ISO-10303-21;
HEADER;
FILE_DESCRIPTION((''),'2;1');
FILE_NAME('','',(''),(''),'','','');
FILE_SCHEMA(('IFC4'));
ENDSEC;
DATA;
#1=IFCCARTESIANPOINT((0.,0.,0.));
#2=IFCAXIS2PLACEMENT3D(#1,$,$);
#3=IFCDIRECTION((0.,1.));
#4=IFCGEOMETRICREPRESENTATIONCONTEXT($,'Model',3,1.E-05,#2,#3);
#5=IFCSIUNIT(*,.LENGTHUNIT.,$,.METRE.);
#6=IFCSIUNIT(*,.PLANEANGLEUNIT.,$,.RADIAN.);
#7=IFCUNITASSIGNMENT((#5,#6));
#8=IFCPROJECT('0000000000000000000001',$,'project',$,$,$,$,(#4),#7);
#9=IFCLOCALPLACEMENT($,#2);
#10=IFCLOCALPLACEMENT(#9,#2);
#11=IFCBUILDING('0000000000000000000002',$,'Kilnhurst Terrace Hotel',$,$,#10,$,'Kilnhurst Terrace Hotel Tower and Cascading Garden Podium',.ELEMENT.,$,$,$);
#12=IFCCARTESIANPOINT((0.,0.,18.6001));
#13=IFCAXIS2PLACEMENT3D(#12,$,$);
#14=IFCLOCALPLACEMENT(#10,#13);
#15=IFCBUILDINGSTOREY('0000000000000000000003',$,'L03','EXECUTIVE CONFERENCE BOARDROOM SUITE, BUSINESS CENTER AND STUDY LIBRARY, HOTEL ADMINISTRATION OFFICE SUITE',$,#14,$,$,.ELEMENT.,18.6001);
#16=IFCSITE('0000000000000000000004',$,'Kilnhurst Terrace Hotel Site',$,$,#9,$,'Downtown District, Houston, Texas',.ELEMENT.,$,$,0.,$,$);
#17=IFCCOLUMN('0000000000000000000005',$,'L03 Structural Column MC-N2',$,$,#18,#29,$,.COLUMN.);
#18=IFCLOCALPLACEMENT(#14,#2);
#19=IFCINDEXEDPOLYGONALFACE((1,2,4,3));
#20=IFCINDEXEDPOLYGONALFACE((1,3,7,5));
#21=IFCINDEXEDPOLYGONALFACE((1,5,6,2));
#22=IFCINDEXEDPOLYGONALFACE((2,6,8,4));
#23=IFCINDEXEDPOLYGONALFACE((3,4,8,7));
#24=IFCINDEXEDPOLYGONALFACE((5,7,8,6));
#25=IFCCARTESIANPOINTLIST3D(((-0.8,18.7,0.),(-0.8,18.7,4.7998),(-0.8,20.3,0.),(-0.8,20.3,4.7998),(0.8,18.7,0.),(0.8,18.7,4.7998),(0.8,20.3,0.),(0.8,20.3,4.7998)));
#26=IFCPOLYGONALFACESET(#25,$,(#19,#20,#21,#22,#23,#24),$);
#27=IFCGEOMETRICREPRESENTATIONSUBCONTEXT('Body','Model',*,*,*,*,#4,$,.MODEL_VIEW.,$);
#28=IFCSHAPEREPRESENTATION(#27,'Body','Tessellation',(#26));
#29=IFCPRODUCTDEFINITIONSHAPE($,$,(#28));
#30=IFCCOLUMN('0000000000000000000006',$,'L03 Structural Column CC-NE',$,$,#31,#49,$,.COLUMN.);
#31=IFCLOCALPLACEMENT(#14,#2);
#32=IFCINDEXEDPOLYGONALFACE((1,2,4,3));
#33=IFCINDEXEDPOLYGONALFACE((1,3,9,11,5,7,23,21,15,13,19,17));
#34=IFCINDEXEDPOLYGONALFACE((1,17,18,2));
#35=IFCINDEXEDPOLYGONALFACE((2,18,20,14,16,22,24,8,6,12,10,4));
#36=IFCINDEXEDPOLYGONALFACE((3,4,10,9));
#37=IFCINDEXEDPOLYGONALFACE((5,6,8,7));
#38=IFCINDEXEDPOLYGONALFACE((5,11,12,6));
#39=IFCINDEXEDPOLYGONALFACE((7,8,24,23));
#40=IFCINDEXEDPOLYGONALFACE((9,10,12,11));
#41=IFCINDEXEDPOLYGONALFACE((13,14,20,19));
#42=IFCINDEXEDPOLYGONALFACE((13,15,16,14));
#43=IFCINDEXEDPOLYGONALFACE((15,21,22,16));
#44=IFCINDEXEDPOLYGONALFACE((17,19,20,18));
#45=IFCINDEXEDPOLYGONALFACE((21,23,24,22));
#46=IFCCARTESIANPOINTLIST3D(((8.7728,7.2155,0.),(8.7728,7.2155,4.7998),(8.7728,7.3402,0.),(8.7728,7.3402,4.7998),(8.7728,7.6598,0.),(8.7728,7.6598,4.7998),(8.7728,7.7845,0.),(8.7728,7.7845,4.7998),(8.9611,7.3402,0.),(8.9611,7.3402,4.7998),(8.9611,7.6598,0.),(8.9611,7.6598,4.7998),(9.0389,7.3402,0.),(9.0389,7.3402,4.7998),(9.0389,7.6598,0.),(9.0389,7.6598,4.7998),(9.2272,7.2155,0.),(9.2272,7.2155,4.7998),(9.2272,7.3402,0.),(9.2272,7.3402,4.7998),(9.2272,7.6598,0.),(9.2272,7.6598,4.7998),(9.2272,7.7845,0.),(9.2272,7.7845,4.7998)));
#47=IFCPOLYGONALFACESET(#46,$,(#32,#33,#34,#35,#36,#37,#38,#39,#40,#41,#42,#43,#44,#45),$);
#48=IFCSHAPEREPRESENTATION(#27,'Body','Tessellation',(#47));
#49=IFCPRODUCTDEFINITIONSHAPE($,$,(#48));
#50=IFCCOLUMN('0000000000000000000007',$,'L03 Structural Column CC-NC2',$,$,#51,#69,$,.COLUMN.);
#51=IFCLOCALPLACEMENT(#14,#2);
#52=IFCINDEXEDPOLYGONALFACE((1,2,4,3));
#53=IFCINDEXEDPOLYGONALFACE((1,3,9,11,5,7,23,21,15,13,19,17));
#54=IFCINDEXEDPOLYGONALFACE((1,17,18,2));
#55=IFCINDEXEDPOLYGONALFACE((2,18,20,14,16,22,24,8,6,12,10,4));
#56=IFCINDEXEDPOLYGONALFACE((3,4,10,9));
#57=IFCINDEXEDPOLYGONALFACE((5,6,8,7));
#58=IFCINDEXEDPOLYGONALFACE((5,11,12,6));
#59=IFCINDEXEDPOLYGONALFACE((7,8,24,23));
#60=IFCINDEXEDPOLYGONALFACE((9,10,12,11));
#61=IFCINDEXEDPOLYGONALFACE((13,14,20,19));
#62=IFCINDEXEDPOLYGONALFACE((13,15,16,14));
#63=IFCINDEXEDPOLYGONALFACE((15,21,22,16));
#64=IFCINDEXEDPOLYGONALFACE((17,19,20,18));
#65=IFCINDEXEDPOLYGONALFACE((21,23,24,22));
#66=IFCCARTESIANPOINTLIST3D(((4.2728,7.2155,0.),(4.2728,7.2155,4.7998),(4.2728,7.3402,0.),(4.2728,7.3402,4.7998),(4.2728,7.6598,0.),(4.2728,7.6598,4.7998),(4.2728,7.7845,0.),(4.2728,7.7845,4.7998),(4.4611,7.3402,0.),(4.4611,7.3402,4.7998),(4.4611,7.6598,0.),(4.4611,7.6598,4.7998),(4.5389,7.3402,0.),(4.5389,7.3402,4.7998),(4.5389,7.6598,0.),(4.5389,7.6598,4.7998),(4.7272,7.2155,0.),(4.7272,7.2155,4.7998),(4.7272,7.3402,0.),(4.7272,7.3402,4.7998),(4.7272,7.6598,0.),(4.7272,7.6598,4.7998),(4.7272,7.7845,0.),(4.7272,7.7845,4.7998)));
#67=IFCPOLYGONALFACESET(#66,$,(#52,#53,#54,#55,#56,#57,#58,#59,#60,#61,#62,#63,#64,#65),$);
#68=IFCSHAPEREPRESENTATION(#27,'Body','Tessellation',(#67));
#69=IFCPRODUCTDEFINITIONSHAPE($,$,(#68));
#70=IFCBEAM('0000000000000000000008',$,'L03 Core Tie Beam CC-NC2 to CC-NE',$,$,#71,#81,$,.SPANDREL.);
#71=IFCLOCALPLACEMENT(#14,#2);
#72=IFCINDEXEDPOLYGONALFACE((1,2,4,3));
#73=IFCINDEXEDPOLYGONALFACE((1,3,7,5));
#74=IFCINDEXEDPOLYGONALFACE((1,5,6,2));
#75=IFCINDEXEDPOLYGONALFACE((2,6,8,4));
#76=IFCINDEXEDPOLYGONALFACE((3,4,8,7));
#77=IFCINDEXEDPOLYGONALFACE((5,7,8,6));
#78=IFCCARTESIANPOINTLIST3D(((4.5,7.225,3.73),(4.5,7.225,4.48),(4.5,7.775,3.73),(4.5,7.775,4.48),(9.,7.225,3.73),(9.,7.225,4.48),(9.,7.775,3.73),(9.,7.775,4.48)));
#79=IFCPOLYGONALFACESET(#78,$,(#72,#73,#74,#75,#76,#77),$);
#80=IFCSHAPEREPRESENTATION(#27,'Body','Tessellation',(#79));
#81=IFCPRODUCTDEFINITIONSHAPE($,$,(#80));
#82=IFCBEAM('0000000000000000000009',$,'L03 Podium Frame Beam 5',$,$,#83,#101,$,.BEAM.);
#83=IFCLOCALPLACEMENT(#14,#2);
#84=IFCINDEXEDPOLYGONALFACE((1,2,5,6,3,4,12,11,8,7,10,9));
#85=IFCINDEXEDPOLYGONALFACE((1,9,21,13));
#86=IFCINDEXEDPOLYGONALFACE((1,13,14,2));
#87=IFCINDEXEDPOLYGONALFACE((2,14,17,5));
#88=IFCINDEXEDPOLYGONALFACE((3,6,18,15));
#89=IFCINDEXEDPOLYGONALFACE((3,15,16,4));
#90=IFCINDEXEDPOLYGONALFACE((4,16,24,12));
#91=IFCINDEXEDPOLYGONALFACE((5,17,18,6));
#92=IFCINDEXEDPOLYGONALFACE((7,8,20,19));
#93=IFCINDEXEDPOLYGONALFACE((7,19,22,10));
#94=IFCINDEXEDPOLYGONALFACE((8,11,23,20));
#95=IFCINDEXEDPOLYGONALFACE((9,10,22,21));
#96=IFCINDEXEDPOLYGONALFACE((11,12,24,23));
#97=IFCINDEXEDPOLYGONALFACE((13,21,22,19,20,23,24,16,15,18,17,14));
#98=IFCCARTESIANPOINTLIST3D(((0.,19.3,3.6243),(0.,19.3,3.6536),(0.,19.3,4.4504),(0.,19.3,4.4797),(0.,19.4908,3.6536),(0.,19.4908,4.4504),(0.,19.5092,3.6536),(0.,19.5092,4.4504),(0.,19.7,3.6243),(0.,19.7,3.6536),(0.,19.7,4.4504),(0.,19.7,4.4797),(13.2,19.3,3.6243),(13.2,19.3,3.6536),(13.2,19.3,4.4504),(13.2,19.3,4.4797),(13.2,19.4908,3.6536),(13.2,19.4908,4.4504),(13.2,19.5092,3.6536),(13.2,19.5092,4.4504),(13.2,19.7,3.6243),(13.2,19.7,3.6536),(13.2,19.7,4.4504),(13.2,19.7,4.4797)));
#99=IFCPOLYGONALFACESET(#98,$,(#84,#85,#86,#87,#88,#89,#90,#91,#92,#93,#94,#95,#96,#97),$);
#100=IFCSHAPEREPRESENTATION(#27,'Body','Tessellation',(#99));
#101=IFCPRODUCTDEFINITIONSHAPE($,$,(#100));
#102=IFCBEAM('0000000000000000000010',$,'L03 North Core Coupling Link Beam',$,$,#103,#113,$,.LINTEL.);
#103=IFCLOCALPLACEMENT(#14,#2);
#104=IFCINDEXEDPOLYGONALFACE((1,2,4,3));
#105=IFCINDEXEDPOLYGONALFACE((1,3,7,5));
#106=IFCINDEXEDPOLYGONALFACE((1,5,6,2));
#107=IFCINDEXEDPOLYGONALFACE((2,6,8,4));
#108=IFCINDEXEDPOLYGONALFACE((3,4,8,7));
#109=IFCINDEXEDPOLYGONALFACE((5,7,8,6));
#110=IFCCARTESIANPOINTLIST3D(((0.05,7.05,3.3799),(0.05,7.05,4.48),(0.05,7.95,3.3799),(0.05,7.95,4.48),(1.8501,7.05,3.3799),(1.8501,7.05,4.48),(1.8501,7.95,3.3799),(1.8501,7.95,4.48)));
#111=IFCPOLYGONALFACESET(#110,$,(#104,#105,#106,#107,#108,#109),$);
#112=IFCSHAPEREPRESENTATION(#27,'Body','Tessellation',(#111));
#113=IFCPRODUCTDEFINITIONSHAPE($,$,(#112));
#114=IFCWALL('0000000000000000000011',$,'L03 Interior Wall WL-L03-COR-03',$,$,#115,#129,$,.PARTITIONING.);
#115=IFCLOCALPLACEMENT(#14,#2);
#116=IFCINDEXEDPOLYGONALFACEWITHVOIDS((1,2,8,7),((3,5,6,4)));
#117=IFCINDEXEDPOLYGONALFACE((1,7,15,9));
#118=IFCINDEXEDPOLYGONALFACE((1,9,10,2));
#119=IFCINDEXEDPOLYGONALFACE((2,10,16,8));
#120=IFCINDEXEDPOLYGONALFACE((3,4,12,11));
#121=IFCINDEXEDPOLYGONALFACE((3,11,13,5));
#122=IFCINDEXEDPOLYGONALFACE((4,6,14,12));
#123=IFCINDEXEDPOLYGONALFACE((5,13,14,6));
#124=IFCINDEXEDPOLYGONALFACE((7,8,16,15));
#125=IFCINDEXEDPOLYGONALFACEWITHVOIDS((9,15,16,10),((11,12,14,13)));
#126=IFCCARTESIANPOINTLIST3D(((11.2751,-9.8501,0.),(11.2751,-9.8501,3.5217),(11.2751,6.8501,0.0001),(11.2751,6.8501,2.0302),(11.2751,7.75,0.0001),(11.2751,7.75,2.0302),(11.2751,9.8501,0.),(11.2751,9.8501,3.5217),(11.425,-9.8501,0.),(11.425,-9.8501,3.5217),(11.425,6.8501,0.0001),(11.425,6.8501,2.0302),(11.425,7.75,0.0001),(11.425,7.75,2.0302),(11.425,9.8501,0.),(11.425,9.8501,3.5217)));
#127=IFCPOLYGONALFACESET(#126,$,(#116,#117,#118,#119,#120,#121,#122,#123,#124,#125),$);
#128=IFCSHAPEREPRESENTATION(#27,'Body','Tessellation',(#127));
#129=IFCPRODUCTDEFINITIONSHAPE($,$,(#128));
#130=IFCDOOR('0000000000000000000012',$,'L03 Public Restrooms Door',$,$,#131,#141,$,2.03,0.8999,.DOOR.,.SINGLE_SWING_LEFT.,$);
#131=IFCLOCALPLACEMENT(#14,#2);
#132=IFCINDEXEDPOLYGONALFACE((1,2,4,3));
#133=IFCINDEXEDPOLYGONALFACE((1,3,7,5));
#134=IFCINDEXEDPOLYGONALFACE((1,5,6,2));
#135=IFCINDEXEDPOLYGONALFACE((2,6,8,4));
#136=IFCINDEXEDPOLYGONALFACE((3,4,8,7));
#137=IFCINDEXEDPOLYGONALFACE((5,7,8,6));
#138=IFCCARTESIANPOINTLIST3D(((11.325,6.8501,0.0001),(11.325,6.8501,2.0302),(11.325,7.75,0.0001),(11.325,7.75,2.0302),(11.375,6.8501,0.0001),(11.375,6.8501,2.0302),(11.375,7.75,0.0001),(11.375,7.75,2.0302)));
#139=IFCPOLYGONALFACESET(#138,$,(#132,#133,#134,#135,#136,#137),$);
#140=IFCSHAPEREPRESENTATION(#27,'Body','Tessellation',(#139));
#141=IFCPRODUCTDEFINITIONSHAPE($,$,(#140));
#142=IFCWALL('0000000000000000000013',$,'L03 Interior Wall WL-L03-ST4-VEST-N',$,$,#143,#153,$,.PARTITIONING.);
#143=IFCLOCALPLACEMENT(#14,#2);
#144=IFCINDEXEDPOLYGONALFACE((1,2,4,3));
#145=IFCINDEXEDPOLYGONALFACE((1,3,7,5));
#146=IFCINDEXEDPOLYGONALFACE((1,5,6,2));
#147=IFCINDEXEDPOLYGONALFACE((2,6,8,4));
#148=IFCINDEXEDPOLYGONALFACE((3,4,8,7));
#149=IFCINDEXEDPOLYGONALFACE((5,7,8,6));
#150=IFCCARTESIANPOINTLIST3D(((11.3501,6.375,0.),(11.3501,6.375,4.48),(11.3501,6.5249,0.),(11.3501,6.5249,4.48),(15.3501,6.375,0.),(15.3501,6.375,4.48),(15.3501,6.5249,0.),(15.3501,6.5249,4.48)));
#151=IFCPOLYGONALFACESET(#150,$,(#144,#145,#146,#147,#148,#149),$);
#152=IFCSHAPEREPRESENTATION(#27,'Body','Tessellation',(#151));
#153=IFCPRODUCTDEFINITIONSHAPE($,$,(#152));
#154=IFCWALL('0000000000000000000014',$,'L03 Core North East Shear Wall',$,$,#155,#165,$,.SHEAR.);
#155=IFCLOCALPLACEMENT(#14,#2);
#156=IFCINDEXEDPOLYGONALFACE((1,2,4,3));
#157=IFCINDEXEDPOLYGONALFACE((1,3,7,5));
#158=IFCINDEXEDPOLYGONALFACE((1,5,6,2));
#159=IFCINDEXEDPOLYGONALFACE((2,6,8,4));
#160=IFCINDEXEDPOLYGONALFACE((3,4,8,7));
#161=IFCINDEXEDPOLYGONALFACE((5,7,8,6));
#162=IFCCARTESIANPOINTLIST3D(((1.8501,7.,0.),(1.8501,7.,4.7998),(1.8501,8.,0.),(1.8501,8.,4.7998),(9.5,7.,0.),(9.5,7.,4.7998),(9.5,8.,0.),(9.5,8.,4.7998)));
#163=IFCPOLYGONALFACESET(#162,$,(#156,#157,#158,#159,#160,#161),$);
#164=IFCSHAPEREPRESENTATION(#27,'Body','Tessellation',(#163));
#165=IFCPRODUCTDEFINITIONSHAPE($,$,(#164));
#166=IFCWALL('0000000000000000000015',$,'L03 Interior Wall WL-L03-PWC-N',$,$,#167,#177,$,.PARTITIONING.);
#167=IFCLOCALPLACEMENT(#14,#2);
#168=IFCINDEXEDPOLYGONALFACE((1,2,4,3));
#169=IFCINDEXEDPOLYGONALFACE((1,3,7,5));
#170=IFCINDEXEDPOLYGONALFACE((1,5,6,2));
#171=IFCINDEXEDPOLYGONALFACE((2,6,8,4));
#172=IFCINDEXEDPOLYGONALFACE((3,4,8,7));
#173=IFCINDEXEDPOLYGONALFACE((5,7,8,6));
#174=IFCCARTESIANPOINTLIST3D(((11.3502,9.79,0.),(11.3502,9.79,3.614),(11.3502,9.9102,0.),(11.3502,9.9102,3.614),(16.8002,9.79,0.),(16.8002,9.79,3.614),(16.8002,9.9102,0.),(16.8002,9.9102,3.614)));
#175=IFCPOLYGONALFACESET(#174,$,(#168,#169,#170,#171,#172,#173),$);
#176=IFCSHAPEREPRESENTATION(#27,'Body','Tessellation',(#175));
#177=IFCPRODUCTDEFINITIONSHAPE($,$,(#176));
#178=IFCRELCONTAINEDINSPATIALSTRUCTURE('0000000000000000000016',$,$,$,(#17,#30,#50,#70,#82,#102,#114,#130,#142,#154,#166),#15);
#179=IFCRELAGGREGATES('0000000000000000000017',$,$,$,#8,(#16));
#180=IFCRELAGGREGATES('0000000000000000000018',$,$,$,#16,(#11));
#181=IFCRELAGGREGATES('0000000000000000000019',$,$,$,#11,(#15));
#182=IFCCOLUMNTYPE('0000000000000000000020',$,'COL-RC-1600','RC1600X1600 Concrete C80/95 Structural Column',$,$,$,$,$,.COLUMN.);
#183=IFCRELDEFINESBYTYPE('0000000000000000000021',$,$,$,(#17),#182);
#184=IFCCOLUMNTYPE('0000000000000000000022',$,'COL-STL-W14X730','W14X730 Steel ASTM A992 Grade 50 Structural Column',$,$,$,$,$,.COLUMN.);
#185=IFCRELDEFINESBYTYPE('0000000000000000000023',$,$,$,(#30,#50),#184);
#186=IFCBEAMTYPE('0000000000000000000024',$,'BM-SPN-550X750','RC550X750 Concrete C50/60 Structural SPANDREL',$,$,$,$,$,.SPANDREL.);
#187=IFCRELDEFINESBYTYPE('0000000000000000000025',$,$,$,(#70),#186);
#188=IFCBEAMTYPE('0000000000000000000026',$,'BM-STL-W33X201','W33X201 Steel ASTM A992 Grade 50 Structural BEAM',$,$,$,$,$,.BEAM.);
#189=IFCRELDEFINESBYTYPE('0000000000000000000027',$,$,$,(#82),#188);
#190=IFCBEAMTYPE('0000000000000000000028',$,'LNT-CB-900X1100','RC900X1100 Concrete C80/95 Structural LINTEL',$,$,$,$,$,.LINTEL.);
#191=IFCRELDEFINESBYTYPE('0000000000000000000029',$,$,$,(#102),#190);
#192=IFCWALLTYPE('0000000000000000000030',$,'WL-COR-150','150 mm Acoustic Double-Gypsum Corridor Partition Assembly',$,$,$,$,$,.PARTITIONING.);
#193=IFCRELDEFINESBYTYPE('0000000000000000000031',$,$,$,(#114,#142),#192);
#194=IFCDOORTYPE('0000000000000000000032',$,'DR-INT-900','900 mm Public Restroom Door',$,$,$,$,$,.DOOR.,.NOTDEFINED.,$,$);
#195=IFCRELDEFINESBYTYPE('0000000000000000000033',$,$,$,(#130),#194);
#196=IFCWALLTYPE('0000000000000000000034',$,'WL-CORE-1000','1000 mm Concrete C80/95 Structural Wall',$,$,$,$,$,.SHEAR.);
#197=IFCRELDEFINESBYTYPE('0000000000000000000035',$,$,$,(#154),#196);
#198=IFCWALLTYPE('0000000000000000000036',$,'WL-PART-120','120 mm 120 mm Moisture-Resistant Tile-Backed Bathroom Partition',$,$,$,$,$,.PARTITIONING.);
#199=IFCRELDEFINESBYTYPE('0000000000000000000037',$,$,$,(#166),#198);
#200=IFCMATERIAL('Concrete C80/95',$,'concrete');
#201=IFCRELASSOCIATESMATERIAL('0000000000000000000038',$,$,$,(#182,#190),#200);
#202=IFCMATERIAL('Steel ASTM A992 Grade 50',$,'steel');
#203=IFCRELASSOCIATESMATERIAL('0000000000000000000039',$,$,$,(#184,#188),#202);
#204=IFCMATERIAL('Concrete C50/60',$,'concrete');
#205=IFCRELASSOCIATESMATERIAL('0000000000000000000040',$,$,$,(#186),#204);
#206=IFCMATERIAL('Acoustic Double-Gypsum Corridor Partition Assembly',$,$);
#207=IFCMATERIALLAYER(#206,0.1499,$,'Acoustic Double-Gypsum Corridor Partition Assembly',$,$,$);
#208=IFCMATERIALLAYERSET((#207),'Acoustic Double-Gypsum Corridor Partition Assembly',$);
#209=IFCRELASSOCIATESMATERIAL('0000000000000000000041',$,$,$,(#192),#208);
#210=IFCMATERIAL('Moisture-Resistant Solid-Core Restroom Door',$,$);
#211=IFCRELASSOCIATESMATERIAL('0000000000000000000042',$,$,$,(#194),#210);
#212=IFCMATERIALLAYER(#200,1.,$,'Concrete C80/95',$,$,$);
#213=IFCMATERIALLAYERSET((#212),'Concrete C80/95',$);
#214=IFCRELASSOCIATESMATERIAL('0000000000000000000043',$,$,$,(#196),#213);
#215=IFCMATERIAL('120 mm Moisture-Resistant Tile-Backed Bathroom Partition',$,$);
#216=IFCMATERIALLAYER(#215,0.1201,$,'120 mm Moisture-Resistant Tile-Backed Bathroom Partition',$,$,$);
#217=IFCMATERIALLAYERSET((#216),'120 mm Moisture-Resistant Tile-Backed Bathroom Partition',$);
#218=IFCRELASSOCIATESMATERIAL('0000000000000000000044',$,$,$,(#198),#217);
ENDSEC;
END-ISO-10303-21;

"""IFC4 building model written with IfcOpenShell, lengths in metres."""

from ifc_helpers import new_model, si_unit, direction, frame, frame_2d, origin, origin_2d, place, context, subcontext, project, spatial, rectangle, i_section, extrude, material, layer, layer_set, material_profile, profile_set, type_object, element, fill, save


model = new_model("IFC4")

# Units and contexts
model_context = context("Model", 3, precision=1e-05, world=origin(), true_north=direction((0.0, 1.0)))
body_context = subcontext(model_context, "Body", "Model", "MODEL_VIEW")
ifc_project = project(units=[si_unit("LENGTHUNIT", "METRE"), si_unit("PLANEANGLEUNIT", "RADIAN")], contexts=[model_context])

# Site, building, storey
site_placement = place(None, origin())
site = spatial("IfcSite", under=ifc_project, at=site_placement, Name="Kilnhurst Terrace Hotel Site", LongName="Downtown District, Houston, Texas", CompositionType="ELEMENT", RefElevation=0.0)
building_placement = place(site_placement, origin())
building = spatial("IfcBuilding", under=site, at=building_placement, Name="Kilnhurst Terrace Hotel", LongName="Kilnhurst Terrace Hotel Tower and Cascading Garden Podium", CompositionType="ELEMENT")
storey_placement = place(building_placement, frame((0.0, 0.0, 18.6001)))
storey = spatial("IfcBuildingStorey", under=building, at=storey_placement, Name="L03", Description="EXECUTIVE CONFERENCE BOARDROOM SUITE, BUSINESS CENTER AND STUDY LIBRARY, HOTEL ADMINISTRATION OFFICE SUITE", CompositionType="ELEMENT", Elevation=18.6001)

# Columns
ifc_material_1 = material(Name="Concrete C80/95", Category="concrete")
ifc_material_profile_1 = material_profile(ifc_material_1, rectangle(XDim=1.6001, YDim=1.6001, at=origin_2d()), Name="RC1600X1600")
ifc_profile_set_1 = profile_set([ifc_material_profile_1], Name="Concrete C80/95")
column_type_1 = type_object("IfcColumnType", Name="COL-RC-1600", Description="RC1600X1600 Concrete C80/95 Structural Column", PredefinedType="COLUMN", material=ifc_profile_set_1)
column_placement = place(storey_placement, frame((0.0, 19.5, 0.0), z_axis=(0.0, 0.0, 1.0), x_axis=(1.0, 0.0, 0.0)))
element("IfcColumn", 1, at=column_placement, inside=storey, type_object=column_type_1, Name="L03 Structural Column MC-N2", PredefinedType="COLUMN", context=body_context, shape_type="SweptSolid", body=[
    extrude(rectangle(XDim=1.6001, YDim=1.6001, at=origin_2d()), origin(), (0.0, 0.0, 1.0), 4.7998),
])
ifc_material_2 = material(Name="Steel ASTM A992 Grade 50", Category="steel")
ifc_material_profile_2 = material_profile(ifc_material_2, i_section(OverallWidth=0.4543, OverallDepth=0.5691, WebThickness=0.0779, FlangeThickness=0.1248, at=origin_2d()), Name="W14X730")
ifc_profile_set_2 = profile_set([ifc_material_profile_2], Name="Steel ASTM A992 Grade 50")
column_type_2 = type_object("IfcColumnType", Name="COL-STL-W14X730", Description="W14X730 Steel ASTM A992 Grade 50 Structural Column", PredefinedType="COLUMN", material=ifc_profile_set_2)
for number, where, z_axis, x_axis, name in (
    (2, (9.0, 7.5, 0.0), (0.0, 0.0, 1.0), (1.0, 0.0, 0.0), "L03 Structural Column CC-NE"),
    (3, (4.5, 7.5, 0.0), (0.0, 0.0, 1.0), (1.0, 0.0, 0.0), "L03 Structural Column CC-NC2"),
):
    element("IfcColumn", number, at=place(storey_placement, frame(where, z_axis=z_axis, x_axis=x_axis)), inside=storey, type_object=column_type_2, Name=name, PredefinedType="COLUMN", context=body_context, shape_type="SweptSolid", body=[
        extrude(i_section(OverallWidth=0.4543, OverallDepth=0.5691, WebThickness=0.0779, FlangeThickness=0.1248, at=origin_2d()), origin(), (0.0, 0.0, 1.0), 4.7998),
    ])

# Beams
ifc_material_3 = material(Name="Concrete C50/60", Category="concrete")
ifc_material_profile_3 = material_profile(ifc_material_3, rectangle(XDim=0.55, YDim=0.75, at=origin_2d()), Name="RC550X750")
ifc_profile_set_3 = profile_set([ifc_material_profile_3], Name="Concrete C50/60")
beam_type_1 = type_object("IfcBeamType", Name="BM-SPN-550X750", Description="RC550X750 Concrete C50/60 Structural SPANDREL", PredefinedType="SPANDREL", material=ifc_profile_set_3)
beam_1_placement = place(storey_placement, frame((4.5, 7.5, 4.105), z_axis=(1.0, 0.0, 0.0), x_axis=(0.0, 1.0, 0.0)))
element("IfcBeam", 4, at=beam_1_placement, inside=storey, type_object=beam_type_1, Name="L03 Core Tie Beam CC-NC2 to CC-NE", PredefinedType="SPANDREL", context=body_context, shape_type="SweptSolid", body=[
    extrude(rectangle(XDim=0.55, YDim=0.75, at=origin_2d()), origin(), (0.0, 0.0, 1.0), 4.5),
])
ifc_material_profile_4 = material_profile(ifc_material_2, i_section(OverallWidth=0.3999, OverallDepth=0.8555, WebThickness=0.0183, FlangeThickness=0.0293, at=origin_2d()), Name="W33X201")
ifc_profile_set_4 = profile_set([ifc_material_profile_4], Name="Steel ASTM A992 Grade 50")
beam_type_2 = type_object("IfcBeamType", Name="BM-STL-W33X201", Description="W33X201 Steel ASTM A992 Grade 50 Structural BEAM", PredefinedType="BEAM", material=ifc_profile_set_4)
beam_2_placement = place(storey_placement, frame((0.0, 19.5, 4.052), z_axis=(1.0, 0.0, 0.0), x_axis=(0.0, 1.0, 0.0)))
element("IfcBeam", 5, at=beam_2_placement, inside=storey, type_object=beam_type_2, Name="L03 Podium Frame Beam 5", PredefinedType="BEAM", context=body_context, shape_type="SweptSolid", body=[
    extrude(i_section(OverallWidth=0.3999, OverallDepth=0.8555, WebThickness=0.0183, FlangeThickness=0.0293, at=origin_2d()), origin(), (0.0, 0.0, 1.0), 13.2),
])
ifc_material_profile_5 = material_profile(ifc_material_1, rectangle(XDim=0.8999, YDim=1.1001, at=origin_2d()), Name="RC900X1100")
ifc_profile_set_5 = profile_set([ifc_material_profile_5], Name="Concrete C80/95")
beam_type_3 = type_object("IfcBeamType", Name="LNT-CB-900X1100", Description="RC900X1100 Concrete C80/95 Structural LINTEL", PredefinedType="LINTEL", material=ifc_profile_set_5)
beam_3_placement = place(storey_placement, frame((0.05, 7.5, 3.9299), z_axis=(1.0, 0.0, 0.0), x_axis=(0.0, 1.0, 0.0)))
element("IfcBeam", 6, at=beam_3_placement, inside=storey, type_object=beam_type_3, Name="L03 North Core Coupling Link Beam", PredefinedType="LINTEL", context=body_context, shape_type="SweptSolid", body=[
    extrude(rectangle(XDim=0.8999, YDim=1.1001, at=origin_2d()), origin(), (0.0, 0.0, 1.0), 1.8),
])

# Wall, opening, door
ifc_material_4 = material(Name="Acoustic Double-Gypsum Corridor Partition Assembly")
ifc_layer_1 = layer(ifc_material_4, 0.1499, Name="Acoustic Double-Gypsum Corridor Partition Assembly")
ifc_layer_set_1 = layer_set([ifc_layer_1], Name="Acoustic Double-Gypsum Corridor Partition Assembly")
wall_type_1 = type_object("IfcWallType", Name="WL-COR-150", Description="150 mm Acoustic Double-Gypsum Corridor Partition Assembly", PredefinedType="PARTITIONING", material=ifc_layer_set_1)
wall_1_placement = place(storey_placement, frame((11.3501, 9.8501, 0.0), z_axis=(0.0, 0.0, 1.0), x_axis=(0.0, -1.0, 0.0)))
wall_1 = element("IfcWall", 7, at=wall_1_placement, inside=storey, type_object=wall_type_1, Name="L03 Interior Wall WL-L03-COR-03", PredefinedType="PARTITIONING", context=body_context, shape_type="SweptSolid", body=[
    extrude(rectangle(XDim=19.7002, YDim=0.1499, at=frame_2d((9.8501, 0.0))), origin(), (0.0, 0.0, 1.0), 3.5217),
])
opening_1_placement = place(wall_1_placement, frame((2.1001, 0.0, 0.0)))
opening_1 = element("IfcOpeningElement", 8, at=opening_1_placement, cuts=wall_1, PredefinedType="OPENING", context=body_context, shape_type="SweptSolid", body=[
    extrude(rectangle(XDim=0.8999, YDim=2.03, at=frame_2d((0.45, 1.0151))), frame((0.0, 0.085, 0.0), z_axis=(0.0, -1.0, 0.0), x_axis=(1.0, 0.0, 0.0)), (0.0, 0.0, 1.0), 0.1699),
])
ifc_material_5 = material(Name="Moisture-Resistant Solid-Core Restroom Door")
door_type_1 = type_object("IfcDoorType", Name="DR-INT-900", Description="900 mm Public Restroom Door", OperationType="NOTDEFINED", PredefinedType="DOOR", material=ifc_material_5)
door_1_placement = place(opening_1_placement, origin())
door_1 = element("IfcDoor", 9, at=door_1_placement, inside=storey, type_object=door_type_1, Name="L03 Public Restrooms Door", OperationType="SINGLE_SWING_LEFT", OverallHeight=2.03, OverallWidth=0.8999, PredefinedType="DOOR", context=body_context, shape_type="SweptSolid", body=[
    extrude(rectangle(XDim=0.8999, YDim=2.03, at=frame_2d((0.45, 1.0151))), frame((0.0, 0.0249, 0.0), z_axis=(0.0, -1.0, 0.0), x_axis=(1.0, 0.0, 0.0)), (0.0, 0.0, 1.0), 0.05),
])
fill(opening_1, door_1)

# Walls
wall_2_placement = place(storey_placement, frame((11.3501, 6.45, 0.0), z_axis=(0.0, 0.0, 1.0), x_axis=(1.0, 0.0, 0.0)))
element("IfcWall", 10, at=wall_2_placement, inside=storey, type_object=wall_type_1, Name="L03 Interior Wall WL-L03-ST4-VEST-N", PredefinedType="PARTITIONING", context=body_context, shape_type="SweptSolid", body=[
    extrude(rectangle(XDim=4.0, YDim=0.1499, at=frame_2d((2.0, 0.0))), origin(), (0.0, 0.0, 1.0), 4.48),
])
ifc_layer_2 = layer(ifc_material_1, 1.0, Name="Concrete C80/95")
ifc_layer_set_2 = layer_set([ifc_layer_2], Name="Concrete C80/95")
wall_type_2 = type_object("IfcWallType", Name="WL-CORE-1000", Description="1000 mm Concrete C80/95 Structural Wall", PredefinedType="SHEAR", material=ifc_layer_set_2)
wall_3_placement = place(storey_placement, frame((1.8501, 7.5, 0.0), z_axis=(0.0, 0.0, 1.0), x_axis=(1.0, 0.0, 0.0)))
element("IfcWall", 11, at=wall_3_placement, inside=storey, type_object=wall_type_2, Name="L03 Core North East Shear Wall", PredefinedType="SHEAR", context=body_context, shape_type="SweptSolid", body=[
    extrude(rectangle(XDim=7.6499, YDim=1.0, at=frame_2d((3.825, 0.0))), origin(), (0.0, 0.0, 1.0), 4.7998),
])
ifc_material_6 = material(Name="120 mm Moisture-Resistant Tile-Backed Bathroom Partition")
ifc_layer_3 = layer(ifc_material_6, 0.1201, Name="120 mm Moisture-Resistant Tile-Backed Bathroom Partition")
ifc_layer_set_3 = layer_set([ifc_layer_3], Name="120 mm Moisture-Resistant Tile-Backed Bathroom Partition")
wall_type_3 = type_object("IfcWallType", Name="WL-PART-120", Description="120 mm 120 mm Moisture-Resistant Tile-Backed Bathroom Partition", PredefinedType="PARTITIONING", material=ifc_layer_set_3)
wall_4_placement = place(storey_placement, frame((11.3501, 9.8501, 0.0), z_axis=(0.0, 0.0, 1.0), x_axis=(1.0, 0.0, 0.0)))
element("IfcWall", 12, at=wall_4_placement, inside=storey, type_object=wall_type_3, Name="L03 Interior Wall WL-L03-PWC-N", PredefinedType="PARTITIONING", context=body_context, shape_type="SweptSolid", body=[
    extrude(rectangle(XDim=5.45, YDim=0.1201, at=frame_2d((2.7251, 0.0))), origin(), (0.0, 0.0, 1.0), 3.614),
])

save(model, "model.ifc")
